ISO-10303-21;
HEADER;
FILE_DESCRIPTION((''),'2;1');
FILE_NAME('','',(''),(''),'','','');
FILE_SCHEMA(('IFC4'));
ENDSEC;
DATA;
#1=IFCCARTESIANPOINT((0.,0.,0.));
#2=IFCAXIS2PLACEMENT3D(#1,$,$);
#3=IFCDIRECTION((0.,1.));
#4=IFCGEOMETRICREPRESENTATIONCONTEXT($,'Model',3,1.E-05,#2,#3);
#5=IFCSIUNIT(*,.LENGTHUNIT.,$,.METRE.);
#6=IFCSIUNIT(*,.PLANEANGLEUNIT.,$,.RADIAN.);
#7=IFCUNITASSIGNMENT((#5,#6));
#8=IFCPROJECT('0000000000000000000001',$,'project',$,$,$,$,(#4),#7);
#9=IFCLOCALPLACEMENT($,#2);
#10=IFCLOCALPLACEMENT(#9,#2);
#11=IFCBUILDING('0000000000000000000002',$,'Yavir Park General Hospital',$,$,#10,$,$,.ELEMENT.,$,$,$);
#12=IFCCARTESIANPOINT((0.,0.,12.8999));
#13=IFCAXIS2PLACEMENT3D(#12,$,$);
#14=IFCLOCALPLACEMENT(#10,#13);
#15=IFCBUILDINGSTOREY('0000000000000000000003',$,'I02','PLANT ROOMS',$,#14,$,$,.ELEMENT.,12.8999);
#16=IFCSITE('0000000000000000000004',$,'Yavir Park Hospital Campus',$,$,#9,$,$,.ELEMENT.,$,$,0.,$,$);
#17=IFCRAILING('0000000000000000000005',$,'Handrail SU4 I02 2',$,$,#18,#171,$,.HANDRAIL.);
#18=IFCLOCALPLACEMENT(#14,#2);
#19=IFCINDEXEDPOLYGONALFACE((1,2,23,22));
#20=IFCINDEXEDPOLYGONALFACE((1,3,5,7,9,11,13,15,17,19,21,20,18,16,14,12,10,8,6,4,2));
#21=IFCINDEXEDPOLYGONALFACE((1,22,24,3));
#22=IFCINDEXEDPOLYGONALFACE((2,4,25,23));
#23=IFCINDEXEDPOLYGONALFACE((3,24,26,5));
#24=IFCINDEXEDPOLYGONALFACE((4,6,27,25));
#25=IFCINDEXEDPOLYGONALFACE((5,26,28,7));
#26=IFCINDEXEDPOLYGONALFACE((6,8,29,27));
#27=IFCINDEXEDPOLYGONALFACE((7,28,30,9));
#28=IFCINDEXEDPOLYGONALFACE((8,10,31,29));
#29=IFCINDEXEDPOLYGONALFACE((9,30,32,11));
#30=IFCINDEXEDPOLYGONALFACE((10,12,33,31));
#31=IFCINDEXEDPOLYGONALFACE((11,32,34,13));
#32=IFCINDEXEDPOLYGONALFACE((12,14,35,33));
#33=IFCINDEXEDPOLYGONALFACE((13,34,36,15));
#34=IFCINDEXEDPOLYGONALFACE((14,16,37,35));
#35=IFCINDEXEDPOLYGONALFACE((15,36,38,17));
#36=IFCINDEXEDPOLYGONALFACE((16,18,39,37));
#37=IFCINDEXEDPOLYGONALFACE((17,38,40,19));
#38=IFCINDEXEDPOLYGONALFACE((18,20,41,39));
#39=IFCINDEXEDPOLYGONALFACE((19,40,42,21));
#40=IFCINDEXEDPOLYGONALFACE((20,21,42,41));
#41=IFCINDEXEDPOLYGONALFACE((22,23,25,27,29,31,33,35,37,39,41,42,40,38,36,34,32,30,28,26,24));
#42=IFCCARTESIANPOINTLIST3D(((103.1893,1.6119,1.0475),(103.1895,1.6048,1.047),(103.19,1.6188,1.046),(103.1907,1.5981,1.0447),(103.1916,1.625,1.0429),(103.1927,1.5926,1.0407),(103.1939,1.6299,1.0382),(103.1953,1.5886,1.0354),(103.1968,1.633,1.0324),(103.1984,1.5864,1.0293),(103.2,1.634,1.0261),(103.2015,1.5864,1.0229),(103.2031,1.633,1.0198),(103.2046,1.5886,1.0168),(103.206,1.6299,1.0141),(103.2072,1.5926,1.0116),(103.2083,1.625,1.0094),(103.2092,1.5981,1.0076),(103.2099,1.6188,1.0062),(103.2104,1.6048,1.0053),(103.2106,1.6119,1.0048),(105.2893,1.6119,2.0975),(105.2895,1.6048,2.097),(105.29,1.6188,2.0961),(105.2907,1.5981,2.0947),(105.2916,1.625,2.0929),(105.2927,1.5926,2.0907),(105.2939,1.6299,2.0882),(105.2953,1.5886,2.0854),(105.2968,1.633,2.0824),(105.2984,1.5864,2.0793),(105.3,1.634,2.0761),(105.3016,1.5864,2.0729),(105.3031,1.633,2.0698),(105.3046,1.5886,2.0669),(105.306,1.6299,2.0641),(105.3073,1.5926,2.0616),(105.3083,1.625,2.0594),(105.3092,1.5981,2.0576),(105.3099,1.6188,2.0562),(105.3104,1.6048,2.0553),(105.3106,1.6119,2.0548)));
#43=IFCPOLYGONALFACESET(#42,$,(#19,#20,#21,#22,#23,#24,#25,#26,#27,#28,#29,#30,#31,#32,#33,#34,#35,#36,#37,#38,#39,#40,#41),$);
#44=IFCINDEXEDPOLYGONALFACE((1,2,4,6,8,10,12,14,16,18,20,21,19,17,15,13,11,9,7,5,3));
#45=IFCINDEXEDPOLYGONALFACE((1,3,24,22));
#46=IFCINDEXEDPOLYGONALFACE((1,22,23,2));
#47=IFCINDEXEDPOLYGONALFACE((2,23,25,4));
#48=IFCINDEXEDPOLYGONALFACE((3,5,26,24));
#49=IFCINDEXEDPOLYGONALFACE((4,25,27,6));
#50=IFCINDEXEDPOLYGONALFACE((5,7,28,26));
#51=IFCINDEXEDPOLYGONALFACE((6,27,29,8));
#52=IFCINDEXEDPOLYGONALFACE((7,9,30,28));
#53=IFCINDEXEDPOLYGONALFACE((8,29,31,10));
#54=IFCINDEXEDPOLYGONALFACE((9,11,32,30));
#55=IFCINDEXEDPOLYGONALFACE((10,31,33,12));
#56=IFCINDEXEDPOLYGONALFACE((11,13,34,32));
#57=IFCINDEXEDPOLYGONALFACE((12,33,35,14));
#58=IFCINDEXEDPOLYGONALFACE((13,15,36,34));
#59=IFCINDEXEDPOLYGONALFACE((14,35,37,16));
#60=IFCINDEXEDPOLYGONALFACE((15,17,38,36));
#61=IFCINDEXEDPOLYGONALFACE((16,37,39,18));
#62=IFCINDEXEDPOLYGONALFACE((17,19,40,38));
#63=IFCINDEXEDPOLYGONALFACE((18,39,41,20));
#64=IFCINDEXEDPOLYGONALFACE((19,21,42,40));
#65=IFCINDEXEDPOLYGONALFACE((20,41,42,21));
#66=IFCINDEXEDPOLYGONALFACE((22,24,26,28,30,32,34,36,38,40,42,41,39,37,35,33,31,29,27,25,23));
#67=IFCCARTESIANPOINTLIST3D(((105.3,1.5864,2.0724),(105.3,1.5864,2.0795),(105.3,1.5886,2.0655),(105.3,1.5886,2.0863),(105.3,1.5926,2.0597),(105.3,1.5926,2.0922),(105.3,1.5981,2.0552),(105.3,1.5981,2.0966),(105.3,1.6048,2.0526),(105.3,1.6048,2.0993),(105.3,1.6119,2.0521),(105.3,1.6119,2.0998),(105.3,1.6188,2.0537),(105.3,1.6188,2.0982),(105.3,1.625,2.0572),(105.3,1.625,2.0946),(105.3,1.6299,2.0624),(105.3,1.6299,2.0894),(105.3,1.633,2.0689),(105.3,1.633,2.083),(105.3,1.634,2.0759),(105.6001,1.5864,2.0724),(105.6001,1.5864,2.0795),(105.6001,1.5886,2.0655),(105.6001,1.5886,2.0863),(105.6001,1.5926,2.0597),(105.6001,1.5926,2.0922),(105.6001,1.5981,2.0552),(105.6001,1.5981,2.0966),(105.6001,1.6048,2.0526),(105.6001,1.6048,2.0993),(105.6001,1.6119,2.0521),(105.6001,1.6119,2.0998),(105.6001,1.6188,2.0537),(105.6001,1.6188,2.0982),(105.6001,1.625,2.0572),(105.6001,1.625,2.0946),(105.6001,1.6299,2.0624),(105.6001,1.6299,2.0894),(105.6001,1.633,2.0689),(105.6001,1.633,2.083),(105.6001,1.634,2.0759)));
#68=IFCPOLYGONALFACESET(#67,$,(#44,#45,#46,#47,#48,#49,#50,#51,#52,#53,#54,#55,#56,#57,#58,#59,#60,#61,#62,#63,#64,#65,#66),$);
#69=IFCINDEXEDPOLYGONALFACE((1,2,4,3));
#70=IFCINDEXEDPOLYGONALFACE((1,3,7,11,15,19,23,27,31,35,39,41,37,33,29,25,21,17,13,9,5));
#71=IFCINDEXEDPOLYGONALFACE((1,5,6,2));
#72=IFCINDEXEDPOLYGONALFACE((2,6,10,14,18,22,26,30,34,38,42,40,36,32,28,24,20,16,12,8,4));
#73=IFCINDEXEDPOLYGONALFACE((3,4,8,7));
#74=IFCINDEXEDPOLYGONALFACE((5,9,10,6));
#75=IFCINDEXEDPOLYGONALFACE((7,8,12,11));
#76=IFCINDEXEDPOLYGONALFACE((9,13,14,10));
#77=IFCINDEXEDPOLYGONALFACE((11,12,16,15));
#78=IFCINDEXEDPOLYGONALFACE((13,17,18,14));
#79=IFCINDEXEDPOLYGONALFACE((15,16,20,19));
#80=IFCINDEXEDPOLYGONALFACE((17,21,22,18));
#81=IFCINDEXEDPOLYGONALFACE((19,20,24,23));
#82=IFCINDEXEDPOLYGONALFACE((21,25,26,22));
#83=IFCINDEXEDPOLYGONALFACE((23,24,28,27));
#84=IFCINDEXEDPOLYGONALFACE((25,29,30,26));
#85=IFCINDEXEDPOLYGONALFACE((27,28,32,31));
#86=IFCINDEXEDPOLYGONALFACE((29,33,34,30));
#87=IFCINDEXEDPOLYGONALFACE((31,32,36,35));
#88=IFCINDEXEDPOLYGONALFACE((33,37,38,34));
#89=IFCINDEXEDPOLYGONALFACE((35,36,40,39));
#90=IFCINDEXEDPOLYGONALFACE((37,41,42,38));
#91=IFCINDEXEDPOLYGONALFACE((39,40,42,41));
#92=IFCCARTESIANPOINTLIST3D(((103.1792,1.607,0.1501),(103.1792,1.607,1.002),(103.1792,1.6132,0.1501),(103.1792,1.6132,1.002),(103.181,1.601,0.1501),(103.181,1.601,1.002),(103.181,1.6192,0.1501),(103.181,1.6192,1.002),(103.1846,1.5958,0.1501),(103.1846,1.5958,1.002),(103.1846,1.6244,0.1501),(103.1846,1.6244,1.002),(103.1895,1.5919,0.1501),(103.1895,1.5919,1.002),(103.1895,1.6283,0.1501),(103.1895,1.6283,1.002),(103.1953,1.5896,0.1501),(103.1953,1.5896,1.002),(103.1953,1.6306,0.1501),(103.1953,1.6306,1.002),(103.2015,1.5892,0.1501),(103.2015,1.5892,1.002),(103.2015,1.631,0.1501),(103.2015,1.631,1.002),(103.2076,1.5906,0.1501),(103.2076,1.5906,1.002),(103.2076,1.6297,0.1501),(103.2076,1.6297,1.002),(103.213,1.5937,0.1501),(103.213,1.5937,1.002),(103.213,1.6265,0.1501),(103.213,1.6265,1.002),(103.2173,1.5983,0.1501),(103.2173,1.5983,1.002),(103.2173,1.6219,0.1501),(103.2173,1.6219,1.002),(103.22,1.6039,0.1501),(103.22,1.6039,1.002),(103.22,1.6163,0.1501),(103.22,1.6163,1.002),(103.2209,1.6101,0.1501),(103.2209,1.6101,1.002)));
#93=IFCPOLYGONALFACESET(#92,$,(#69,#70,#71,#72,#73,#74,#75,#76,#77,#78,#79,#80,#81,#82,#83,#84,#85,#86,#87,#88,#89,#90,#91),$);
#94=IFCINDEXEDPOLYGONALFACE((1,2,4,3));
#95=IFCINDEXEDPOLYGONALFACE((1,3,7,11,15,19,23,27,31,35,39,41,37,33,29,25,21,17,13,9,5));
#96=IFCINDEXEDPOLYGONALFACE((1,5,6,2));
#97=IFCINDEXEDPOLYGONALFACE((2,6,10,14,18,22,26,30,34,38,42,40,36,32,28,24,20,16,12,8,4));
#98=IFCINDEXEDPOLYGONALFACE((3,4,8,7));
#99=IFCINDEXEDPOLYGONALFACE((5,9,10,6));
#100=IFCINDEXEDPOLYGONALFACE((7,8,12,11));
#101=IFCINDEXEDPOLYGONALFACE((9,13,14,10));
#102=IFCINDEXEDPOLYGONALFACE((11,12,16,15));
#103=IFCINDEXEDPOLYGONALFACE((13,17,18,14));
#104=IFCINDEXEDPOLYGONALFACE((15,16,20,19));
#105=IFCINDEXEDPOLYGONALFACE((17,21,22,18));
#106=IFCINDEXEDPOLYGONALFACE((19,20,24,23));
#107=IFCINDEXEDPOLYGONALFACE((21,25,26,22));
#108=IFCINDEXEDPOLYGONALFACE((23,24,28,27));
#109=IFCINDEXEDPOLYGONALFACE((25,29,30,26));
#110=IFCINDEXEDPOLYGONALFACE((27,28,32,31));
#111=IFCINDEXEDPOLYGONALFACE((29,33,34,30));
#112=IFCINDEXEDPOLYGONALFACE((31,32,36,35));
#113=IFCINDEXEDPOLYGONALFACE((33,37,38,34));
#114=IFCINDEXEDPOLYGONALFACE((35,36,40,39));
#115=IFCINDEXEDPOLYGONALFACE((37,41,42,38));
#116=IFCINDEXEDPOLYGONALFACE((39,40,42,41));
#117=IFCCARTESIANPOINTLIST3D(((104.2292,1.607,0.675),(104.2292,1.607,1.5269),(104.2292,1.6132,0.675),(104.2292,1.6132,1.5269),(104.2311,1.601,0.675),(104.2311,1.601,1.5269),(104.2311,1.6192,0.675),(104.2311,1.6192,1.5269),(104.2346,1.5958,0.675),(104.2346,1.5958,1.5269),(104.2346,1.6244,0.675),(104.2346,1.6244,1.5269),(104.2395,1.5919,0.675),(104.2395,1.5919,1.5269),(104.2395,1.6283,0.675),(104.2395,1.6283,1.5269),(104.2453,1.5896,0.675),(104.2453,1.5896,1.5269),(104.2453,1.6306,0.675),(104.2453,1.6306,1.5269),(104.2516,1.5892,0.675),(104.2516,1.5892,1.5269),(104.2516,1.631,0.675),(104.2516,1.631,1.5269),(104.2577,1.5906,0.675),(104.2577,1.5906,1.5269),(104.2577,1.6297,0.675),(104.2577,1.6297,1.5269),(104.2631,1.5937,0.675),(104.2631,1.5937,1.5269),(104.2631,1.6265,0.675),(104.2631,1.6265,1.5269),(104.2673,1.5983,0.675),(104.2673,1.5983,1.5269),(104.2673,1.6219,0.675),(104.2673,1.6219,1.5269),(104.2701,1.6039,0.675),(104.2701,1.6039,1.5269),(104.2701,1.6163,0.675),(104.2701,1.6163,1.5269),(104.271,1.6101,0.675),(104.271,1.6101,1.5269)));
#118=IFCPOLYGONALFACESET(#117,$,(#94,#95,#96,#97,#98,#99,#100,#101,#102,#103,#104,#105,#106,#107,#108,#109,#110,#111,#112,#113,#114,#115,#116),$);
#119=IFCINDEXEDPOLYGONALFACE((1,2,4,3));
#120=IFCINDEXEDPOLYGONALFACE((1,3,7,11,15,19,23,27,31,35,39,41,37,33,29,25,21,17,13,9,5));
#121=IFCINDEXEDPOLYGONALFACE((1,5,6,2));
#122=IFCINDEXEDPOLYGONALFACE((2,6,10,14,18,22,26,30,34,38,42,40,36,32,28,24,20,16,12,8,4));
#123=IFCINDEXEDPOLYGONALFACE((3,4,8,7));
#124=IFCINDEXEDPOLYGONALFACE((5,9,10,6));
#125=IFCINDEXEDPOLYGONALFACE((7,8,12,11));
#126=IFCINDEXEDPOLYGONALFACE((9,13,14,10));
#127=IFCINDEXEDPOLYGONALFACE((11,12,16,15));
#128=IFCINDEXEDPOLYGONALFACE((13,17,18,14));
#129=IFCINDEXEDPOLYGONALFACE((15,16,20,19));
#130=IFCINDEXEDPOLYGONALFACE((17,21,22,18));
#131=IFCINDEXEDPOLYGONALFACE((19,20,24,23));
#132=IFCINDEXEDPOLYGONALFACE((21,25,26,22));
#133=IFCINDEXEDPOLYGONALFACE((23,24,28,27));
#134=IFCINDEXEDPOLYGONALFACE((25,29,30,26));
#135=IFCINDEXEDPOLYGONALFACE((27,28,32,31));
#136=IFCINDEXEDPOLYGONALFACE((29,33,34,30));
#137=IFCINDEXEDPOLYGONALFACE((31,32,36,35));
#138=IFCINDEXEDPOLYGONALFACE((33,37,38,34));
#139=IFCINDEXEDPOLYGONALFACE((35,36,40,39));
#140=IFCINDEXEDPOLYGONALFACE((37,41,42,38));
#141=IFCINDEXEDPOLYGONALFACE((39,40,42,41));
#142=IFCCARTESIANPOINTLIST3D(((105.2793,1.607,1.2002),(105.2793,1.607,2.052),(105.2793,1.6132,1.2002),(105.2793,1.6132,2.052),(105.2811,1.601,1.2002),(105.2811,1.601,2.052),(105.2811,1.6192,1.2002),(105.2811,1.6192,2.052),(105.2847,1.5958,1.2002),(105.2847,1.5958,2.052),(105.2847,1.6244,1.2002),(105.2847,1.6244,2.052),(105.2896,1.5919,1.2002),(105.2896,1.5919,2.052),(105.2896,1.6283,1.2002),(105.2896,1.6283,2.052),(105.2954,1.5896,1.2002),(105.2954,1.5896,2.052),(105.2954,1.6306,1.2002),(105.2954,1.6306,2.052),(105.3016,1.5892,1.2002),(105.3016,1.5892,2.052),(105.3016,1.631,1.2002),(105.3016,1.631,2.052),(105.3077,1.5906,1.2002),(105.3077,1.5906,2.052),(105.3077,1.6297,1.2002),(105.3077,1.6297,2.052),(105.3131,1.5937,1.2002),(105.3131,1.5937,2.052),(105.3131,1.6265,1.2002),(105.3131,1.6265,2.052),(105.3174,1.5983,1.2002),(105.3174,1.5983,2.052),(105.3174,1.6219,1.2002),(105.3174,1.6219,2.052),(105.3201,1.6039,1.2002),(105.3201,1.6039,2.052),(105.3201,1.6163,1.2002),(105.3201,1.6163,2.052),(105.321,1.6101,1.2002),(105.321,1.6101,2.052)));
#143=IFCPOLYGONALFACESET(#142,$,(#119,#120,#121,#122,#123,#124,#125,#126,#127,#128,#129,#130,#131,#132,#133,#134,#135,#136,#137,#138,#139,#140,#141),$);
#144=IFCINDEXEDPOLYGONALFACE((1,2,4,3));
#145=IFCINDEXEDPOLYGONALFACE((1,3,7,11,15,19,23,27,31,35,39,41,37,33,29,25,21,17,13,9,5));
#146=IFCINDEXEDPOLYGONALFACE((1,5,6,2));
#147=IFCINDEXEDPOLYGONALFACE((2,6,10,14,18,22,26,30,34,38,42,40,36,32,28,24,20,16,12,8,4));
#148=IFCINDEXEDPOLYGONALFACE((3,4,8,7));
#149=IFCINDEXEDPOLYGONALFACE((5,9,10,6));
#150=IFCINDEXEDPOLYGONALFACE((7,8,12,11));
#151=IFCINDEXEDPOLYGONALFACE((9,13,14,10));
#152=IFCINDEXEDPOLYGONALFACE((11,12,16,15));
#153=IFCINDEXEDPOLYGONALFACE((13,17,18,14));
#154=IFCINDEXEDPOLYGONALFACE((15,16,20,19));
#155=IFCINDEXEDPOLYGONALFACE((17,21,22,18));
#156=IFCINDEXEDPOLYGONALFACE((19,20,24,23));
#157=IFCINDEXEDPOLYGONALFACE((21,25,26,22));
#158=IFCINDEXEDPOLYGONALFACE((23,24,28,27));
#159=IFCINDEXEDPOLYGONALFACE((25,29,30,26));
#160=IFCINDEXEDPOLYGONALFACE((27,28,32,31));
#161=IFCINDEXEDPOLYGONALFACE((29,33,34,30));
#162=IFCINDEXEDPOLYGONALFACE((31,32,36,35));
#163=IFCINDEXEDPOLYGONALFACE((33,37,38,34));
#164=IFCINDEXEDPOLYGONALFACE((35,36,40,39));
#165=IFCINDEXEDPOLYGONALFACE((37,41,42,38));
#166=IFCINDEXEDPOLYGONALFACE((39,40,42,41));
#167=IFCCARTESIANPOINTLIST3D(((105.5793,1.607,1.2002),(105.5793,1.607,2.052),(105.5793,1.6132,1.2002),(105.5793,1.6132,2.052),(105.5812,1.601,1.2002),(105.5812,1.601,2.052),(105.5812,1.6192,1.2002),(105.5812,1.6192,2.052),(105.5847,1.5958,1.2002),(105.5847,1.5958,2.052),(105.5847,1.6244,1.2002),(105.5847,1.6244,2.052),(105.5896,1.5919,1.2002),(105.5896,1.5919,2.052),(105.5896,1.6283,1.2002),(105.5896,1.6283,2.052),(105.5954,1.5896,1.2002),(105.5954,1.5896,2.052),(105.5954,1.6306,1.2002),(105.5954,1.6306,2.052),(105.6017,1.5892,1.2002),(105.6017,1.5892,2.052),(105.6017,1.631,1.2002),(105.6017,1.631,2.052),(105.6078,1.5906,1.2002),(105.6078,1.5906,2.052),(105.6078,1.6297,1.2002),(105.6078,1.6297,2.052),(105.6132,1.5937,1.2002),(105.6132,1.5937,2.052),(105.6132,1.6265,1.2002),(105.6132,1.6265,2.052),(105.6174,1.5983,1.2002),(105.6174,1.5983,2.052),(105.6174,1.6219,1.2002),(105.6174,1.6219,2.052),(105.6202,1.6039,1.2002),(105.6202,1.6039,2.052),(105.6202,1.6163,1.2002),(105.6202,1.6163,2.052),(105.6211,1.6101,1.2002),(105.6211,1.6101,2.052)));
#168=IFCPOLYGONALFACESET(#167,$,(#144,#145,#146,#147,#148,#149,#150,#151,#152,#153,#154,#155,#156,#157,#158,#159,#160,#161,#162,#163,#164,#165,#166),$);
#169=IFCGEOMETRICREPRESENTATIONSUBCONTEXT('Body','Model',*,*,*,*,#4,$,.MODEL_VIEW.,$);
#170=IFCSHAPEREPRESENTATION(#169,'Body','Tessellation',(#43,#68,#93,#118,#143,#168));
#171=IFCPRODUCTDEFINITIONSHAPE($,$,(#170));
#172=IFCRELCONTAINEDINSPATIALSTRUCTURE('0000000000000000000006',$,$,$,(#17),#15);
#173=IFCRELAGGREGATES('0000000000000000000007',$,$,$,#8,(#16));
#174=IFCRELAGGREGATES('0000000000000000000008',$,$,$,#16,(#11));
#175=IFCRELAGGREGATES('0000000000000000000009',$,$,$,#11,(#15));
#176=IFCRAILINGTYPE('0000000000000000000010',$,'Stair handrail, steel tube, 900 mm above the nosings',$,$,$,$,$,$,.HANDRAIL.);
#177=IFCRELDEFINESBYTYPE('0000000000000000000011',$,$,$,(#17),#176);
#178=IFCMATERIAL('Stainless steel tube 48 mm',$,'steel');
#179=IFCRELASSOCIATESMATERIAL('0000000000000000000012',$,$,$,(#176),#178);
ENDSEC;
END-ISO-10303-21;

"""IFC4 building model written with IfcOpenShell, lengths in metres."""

from ifc_helpers import new_model, si_unit, direction, frame, origin, origin_2d, place, context, subcontext, project, spatial, circle, extrude, material, type_object, element, save


model = new_model("IFC4")

# Units and contexts
model_context = context("Model", 3, precision=1e-05, world=origin(), true_north=direction((0.0, 1.0)))
body_context = subcontext(model_context, "Body", "Model", "MODEL_VIEW")
ifc_project = project(units=[si_unit("LENGTHUNIT", "METRE"), si_unit("PLANEANGLEUNIT", "RADIAN")], contexts=[model_context])

# Site, building, storey
site_placement = place(None, origin())
site = spatial("IfcSite", under=ifc_project, at=site_placement, Name="Yavir Park Hospital Campus", CompositionType="ELEMENT", RefElevation=0.0)
building_placement = place(site_placement, origin())
building = spatial("IfcBuilding", under=site, at=building_placement, Name="Yavir Park General Hospital", CompositionType="ELEMENT")
storey_placement = place(building_placement, frame((0.0, 0.0, 12.8999)))
storey = spatial("IfcBuildingStorey", under=building, at=storey_placement, Name="I02", Description="PLANT ROOMS", CompositionType="ELEMENT", Elevation=12.8999)

# Railing
ifc_material_1 = material(Name="Stainless steel tube 48 mm", Category="steel")
railing_type_1 = type_object("IfcRailingType", Name="Stair handrail, steel tube, 900 mm above the nosings", PredefinedType="HANDRAIL", material=ifc_material_1)
for number, where, name in (
    (1, (103.2, 1.6101, 0.1501), "Handrail SU4 I02 2"),
):
    element("IfcRailing", number, at=place(storey_placement, frame(where)), inside=storey, type_object=railing_type_1, Name=name, PredefinedType="HANDRAIL", context=body_context, shape_type="SweptSolid", body=[
        extrude(circle(Radius=0.0239, at=origin_2d()), frame((0.0, 0.0, 0.876), z_axis=(0.894427, 0.0, 0.447214), x_axis=(0.0, 1.0, 0.0)), (0.0, 0.0, 1.0), 2.3479),
        extrude(circle(Radius=0.0239, at=origin_2d()), frame((2.1001, 0.0, 1.9258), z_axis=(1.0, 0.0, 0.0), x_axis=(0.0, 1.0, 0.0)), (0.0, 0.0, 1.0), 0.3),
        extrude(circle(Radius=0.021, at=origin_2d()), origin(), (0.0, 0.0, 1.0), 0.8518),
        extrude(circle(Radius=0.021, at=origin_2d()), frame((1.05, 0.0, 0.5249)), (0.0, 0.0, 1.0), 0.8518),
        extrude(circle(Radius=0.021, at=origin_2d()), frame((2.1001, 0.0, 1.05)), (0.0, 0.0, 1.0), 0.8518),
        extrude(circle(Radius=0.021, at=origin_2d()), frame((2.4001, 0.0, 1.05)), (0.0, 0.0, 1.0), 0.8518),
    ])

save(model, "model.ifc")
